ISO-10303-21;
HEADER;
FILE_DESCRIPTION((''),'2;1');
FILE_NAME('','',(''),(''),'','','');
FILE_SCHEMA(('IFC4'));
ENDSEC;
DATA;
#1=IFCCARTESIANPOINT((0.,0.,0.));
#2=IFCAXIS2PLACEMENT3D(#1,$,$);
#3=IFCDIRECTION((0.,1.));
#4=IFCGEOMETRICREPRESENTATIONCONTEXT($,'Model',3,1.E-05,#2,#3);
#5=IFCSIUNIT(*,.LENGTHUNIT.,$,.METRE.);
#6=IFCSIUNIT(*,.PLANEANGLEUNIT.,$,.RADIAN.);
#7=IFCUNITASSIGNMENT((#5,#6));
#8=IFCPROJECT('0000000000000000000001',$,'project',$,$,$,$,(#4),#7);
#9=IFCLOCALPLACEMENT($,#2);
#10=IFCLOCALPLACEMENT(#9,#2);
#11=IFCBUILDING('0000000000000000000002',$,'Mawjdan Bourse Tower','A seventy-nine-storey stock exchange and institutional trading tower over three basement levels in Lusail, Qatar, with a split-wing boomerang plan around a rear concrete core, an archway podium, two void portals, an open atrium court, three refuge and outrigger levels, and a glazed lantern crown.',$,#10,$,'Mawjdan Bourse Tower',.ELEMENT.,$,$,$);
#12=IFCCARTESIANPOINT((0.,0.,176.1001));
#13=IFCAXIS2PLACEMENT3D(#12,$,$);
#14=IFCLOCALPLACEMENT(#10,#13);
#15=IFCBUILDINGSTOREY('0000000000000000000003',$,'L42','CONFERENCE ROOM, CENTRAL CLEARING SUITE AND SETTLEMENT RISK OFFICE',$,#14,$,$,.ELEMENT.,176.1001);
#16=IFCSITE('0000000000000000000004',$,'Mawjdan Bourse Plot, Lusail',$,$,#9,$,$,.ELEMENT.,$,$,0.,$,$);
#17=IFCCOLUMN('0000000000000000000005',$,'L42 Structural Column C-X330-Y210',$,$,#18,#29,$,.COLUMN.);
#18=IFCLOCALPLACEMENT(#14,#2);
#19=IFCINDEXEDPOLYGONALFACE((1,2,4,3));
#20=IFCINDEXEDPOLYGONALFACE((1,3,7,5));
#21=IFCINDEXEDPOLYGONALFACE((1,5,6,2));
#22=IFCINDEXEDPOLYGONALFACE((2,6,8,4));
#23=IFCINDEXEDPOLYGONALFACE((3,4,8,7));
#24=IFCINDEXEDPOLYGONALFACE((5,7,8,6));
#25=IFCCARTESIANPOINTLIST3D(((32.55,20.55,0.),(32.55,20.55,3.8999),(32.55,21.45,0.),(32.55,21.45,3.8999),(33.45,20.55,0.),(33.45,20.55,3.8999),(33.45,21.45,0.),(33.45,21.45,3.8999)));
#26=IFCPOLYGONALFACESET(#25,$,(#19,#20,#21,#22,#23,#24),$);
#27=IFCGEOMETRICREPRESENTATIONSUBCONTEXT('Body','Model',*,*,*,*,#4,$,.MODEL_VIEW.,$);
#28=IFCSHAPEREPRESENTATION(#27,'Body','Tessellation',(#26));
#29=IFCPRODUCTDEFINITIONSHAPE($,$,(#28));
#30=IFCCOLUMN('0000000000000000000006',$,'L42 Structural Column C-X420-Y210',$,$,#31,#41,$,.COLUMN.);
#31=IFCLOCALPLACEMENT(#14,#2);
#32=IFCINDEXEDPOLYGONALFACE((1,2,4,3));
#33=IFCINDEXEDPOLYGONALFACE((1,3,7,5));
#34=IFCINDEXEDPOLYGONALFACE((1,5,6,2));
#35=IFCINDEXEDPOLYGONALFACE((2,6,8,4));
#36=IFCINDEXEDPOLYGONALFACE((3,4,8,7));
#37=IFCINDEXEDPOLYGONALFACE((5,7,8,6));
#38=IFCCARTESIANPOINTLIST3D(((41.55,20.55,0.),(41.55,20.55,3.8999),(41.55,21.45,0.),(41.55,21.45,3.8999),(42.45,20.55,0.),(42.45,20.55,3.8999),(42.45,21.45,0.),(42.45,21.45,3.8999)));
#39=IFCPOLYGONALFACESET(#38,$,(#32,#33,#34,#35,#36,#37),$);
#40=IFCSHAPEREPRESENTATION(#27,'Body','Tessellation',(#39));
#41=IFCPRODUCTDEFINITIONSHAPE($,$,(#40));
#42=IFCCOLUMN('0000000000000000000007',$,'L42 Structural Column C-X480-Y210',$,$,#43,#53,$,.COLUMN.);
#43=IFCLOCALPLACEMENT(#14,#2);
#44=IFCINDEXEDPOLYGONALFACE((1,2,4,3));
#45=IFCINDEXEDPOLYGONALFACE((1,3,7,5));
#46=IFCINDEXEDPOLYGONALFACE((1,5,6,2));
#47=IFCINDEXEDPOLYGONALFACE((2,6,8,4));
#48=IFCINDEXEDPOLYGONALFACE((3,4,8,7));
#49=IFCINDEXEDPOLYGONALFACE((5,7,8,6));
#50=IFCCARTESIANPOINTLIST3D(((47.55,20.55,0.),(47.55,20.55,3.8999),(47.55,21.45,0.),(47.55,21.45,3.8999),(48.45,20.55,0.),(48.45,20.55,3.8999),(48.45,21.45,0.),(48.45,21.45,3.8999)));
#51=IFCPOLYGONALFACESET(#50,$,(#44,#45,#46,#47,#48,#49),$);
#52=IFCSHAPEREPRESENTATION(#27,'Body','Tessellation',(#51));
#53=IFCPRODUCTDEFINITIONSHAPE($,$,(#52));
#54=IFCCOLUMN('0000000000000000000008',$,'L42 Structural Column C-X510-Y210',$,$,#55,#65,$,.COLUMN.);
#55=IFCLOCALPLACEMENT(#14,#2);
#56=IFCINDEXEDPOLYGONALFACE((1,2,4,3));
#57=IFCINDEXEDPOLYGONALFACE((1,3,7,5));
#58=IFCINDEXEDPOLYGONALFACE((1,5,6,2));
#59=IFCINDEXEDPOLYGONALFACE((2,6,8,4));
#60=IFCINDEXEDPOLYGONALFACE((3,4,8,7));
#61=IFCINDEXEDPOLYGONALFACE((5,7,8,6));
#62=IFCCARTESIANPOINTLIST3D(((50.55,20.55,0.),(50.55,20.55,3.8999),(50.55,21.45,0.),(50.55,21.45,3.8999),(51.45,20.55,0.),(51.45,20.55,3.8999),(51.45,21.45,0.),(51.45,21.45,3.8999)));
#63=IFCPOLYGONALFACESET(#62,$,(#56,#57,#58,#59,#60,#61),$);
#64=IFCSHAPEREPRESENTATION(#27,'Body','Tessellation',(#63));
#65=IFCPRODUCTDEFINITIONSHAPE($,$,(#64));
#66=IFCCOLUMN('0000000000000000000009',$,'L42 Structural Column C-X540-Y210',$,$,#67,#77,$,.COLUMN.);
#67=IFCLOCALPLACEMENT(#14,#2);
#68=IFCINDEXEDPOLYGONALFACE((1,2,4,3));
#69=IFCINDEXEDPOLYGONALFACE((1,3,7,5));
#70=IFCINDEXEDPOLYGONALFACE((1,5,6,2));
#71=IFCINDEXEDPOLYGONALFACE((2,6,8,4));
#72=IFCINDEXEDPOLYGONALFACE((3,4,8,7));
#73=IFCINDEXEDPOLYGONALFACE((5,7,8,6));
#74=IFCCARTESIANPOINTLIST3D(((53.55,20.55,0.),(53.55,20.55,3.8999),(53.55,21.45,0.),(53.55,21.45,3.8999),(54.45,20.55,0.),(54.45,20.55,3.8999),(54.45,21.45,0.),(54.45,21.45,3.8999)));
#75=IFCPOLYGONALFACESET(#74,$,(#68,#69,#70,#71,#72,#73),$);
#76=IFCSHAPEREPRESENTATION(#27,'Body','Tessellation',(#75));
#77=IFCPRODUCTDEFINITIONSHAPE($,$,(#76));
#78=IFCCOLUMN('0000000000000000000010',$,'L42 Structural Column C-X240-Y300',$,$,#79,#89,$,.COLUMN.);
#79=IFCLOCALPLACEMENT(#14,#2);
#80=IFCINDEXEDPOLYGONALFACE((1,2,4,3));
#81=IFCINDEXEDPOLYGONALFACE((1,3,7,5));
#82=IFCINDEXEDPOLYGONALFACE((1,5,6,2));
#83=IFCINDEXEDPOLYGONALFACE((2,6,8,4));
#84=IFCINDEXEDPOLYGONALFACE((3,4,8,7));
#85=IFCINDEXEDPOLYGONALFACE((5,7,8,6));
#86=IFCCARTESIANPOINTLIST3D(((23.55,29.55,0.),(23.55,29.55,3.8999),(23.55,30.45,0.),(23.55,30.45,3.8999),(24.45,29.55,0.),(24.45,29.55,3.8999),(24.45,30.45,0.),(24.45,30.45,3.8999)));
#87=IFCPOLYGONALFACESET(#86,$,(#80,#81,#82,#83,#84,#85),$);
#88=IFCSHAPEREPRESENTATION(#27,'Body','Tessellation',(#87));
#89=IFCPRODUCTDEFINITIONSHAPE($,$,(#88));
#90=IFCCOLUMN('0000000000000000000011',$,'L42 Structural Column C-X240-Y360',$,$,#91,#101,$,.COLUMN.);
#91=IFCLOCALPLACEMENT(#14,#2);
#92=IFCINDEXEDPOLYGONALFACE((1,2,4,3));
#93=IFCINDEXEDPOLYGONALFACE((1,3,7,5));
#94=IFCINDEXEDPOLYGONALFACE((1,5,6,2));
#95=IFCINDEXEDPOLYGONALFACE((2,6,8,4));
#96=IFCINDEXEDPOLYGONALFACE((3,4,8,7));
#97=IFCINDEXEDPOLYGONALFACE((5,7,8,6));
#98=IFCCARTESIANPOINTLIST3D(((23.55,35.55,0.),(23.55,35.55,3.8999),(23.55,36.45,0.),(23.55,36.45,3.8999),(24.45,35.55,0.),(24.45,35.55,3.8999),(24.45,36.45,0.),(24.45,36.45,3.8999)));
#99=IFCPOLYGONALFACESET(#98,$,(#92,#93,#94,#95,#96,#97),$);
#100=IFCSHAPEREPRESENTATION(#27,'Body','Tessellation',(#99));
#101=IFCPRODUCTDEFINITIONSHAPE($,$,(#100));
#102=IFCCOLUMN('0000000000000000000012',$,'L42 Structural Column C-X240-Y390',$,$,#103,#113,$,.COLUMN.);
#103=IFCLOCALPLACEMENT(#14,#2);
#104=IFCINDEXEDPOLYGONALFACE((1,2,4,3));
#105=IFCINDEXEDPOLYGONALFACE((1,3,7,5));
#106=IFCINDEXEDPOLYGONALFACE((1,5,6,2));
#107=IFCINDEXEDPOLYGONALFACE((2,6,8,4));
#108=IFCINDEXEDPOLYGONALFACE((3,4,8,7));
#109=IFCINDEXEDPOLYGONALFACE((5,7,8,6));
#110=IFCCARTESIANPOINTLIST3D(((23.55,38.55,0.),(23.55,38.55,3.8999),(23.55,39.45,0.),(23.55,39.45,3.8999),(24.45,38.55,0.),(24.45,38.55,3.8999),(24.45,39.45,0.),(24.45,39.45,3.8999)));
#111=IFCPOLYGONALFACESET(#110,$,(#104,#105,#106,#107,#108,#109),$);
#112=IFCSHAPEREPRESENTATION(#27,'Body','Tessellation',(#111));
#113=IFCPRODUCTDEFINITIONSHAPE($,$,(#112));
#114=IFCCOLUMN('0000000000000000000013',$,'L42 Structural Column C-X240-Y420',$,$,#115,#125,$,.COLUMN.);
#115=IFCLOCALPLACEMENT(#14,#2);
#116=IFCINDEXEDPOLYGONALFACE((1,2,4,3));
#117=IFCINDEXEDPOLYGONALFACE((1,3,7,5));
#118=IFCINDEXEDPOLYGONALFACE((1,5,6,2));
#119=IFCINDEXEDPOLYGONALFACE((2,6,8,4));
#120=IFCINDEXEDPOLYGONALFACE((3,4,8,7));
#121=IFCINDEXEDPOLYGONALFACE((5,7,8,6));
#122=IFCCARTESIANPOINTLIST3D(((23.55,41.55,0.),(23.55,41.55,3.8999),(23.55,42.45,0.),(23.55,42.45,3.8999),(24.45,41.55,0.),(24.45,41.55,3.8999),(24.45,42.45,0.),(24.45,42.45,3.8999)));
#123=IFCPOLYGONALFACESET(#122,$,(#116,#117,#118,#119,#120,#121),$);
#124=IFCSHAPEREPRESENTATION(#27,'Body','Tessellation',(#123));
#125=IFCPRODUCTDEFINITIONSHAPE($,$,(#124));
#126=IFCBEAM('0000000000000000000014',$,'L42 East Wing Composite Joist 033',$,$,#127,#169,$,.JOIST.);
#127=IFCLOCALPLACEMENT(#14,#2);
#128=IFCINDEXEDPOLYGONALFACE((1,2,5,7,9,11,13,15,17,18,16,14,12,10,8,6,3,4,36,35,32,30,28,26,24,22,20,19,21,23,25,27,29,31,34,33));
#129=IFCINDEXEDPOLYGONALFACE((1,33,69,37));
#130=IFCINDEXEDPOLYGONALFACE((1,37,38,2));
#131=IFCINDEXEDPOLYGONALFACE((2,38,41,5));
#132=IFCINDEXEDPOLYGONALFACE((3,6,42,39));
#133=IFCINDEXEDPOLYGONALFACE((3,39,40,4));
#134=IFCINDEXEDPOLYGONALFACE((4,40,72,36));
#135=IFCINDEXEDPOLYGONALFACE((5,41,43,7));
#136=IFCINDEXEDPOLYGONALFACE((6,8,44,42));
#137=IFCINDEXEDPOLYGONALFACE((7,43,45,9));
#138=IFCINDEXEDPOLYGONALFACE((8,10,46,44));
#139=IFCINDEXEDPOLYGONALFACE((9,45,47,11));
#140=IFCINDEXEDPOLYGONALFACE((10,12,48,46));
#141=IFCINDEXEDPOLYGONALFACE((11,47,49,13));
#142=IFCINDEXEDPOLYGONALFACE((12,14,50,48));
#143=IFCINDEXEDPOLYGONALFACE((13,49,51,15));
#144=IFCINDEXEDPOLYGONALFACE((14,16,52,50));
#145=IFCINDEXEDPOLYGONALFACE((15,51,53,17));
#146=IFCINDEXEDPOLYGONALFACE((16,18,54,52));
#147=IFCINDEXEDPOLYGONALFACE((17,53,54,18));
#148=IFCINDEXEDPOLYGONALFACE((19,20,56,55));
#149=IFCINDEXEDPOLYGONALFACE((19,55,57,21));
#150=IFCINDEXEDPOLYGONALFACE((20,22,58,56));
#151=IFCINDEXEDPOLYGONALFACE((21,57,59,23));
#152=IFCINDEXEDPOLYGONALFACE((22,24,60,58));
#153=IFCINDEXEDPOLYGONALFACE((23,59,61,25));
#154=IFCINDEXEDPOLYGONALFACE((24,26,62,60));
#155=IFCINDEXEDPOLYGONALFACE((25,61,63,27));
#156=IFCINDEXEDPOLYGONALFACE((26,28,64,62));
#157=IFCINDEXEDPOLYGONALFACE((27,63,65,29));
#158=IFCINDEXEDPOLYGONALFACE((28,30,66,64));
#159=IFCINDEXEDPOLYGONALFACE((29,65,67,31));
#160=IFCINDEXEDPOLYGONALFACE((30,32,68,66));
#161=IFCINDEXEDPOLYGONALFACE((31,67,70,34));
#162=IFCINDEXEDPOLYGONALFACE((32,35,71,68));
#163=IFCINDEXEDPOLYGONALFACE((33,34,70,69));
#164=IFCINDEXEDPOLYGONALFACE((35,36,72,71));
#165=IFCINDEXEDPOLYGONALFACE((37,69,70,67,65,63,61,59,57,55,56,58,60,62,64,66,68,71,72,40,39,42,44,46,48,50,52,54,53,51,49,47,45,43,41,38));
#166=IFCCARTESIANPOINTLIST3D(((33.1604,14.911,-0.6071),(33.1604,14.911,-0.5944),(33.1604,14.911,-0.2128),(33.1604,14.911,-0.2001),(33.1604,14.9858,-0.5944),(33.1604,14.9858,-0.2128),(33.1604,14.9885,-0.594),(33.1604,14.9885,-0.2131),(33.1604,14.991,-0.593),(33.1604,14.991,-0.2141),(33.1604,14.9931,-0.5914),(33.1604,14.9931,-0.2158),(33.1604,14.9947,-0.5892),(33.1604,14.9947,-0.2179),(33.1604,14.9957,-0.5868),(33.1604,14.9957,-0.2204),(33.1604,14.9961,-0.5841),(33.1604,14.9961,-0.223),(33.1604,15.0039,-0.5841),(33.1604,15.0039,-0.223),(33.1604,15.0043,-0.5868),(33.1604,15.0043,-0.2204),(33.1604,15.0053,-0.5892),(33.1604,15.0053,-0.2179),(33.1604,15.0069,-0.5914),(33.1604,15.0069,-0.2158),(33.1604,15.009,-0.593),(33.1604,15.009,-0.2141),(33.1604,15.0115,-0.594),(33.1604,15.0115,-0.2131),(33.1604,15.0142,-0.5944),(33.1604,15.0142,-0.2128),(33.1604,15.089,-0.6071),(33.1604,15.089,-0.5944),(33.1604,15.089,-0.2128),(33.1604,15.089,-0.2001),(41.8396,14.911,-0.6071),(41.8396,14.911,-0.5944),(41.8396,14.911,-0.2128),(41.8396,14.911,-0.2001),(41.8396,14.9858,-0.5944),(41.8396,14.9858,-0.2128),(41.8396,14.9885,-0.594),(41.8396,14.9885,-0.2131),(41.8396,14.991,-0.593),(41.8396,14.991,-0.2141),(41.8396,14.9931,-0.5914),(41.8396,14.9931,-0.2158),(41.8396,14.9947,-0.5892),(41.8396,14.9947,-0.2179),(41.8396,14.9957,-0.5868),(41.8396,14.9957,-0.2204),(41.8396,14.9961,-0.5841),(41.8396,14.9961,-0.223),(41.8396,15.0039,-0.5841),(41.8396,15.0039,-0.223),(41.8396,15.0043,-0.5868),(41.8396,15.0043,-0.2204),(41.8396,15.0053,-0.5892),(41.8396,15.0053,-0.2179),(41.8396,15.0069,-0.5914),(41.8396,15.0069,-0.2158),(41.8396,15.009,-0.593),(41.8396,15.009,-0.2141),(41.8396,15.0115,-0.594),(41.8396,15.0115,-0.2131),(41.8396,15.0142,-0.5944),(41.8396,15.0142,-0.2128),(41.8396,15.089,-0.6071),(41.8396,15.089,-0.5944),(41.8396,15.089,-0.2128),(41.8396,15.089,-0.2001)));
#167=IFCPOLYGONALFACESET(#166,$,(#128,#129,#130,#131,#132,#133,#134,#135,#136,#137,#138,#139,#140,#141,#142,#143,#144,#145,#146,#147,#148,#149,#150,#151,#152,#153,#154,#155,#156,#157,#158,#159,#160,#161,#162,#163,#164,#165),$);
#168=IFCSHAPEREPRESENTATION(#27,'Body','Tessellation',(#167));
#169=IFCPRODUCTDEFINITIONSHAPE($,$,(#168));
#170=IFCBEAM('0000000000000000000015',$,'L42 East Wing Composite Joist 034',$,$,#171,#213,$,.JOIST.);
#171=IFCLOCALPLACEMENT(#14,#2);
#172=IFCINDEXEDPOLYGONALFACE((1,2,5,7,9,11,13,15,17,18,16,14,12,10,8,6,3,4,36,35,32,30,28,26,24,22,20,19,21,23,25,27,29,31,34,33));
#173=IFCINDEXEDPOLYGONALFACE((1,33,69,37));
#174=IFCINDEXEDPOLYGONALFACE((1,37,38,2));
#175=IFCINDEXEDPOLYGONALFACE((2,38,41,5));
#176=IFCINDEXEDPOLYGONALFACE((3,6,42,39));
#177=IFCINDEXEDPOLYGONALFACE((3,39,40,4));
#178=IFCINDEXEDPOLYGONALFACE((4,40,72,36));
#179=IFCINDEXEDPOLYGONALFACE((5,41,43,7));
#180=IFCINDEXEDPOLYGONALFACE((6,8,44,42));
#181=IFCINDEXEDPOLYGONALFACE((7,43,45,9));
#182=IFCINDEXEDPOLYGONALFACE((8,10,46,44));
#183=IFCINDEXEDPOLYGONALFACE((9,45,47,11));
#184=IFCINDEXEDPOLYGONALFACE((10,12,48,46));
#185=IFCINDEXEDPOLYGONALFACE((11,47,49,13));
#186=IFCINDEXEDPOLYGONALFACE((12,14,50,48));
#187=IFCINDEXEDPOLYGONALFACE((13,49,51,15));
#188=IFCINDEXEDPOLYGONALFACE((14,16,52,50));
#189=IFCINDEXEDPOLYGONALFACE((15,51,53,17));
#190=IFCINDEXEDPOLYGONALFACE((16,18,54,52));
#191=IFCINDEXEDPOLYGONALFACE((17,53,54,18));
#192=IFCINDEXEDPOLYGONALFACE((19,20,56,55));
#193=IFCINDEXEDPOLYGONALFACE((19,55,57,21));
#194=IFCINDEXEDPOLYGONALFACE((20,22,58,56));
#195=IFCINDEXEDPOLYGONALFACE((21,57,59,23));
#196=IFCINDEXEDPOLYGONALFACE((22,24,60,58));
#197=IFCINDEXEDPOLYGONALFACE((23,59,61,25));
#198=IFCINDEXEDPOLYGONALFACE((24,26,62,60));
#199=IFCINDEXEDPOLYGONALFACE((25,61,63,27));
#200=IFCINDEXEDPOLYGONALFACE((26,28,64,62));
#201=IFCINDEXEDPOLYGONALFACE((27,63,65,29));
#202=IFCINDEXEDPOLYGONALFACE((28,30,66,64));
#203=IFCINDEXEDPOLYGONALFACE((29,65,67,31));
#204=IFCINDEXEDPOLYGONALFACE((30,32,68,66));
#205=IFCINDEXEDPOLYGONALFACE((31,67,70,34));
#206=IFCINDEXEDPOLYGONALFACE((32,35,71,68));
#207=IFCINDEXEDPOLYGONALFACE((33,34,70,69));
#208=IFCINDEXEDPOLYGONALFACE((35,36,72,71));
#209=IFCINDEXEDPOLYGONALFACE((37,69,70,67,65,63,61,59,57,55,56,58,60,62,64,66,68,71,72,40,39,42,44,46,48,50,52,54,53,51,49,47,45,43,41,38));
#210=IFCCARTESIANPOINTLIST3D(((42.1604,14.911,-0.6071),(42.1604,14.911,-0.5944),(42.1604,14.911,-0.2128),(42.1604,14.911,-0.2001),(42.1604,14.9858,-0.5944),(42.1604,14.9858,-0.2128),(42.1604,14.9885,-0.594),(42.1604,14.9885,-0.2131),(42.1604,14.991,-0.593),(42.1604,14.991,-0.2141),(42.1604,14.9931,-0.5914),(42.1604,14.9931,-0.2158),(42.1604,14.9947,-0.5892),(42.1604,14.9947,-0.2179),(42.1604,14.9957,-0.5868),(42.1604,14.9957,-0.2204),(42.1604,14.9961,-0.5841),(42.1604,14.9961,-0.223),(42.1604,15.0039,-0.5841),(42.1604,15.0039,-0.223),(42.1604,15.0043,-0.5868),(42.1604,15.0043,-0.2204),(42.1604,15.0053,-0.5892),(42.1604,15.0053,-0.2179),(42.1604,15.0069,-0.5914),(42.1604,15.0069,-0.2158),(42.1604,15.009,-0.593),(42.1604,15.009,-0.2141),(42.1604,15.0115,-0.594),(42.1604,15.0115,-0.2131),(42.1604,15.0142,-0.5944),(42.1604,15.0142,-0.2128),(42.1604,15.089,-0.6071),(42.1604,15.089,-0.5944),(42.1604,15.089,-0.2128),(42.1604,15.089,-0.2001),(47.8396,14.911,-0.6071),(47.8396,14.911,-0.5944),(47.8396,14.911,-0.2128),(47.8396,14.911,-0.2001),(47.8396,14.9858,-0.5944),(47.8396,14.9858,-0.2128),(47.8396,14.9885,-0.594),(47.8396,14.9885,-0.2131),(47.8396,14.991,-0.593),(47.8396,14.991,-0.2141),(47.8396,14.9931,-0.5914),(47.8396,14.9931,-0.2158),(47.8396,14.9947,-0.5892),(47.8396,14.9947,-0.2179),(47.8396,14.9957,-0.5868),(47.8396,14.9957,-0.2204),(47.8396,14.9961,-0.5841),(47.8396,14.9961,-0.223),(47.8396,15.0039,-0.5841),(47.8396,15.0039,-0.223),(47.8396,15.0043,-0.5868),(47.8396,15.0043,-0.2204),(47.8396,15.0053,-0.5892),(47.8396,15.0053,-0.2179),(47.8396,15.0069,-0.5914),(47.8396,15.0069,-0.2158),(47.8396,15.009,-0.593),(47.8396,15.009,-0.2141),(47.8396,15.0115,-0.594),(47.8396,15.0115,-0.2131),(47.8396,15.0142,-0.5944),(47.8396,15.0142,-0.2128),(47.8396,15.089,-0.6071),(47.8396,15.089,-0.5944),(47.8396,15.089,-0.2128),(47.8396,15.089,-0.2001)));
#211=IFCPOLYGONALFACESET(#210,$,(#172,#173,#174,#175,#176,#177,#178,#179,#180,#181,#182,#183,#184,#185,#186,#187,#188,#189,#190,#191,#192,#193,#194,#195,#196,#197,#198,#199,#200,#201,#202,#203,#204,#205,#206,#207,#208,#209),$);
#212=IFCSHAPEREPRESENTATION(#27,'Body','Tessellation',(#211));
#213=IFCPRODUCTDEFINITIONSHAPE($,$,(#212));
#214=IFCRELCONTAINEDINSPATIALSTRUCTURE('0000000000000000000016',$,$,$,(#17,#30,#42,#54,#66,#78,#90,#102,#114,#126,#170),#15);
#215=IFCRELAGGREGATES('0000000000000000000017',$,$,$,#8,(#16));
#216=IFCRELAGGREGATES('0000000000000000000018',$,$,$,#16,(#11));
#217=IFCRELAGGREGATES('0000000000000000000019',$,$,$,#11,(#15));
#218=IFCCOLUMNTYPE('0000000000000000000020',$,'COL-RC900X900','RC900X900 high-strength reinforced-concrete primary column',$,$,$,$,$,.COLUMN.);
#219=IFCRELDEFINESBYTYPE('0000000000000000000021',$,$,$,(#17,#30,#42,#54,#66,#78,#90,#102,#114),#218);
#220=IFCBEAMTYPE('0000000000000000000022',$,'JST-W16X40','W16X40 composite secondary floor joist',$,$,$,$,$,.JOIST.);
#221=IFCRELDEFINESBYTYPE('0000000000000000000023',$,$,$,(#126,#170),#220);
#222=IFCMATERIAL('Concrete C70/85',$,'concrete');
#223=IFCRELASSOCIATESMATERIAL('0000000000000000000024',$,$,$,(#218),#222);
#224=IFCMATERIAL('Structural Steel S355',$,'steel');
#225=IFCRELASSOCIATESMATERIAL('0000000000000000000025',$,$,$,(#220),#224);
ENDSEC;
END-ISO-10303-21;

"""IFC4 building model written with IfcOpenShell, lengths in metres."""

from ifc_helpers import new_model, si_unit, direction, frame, origin, origin_2d, place, context, subcontext, project, spatial, rectangle, i_section, extrude, material, material_profile, profile_set, type_object, element, save


model = new_model("IFC4")

# Units and contexts
model_context = context("Model", 3, precision=1e-05, world=origin(), true_north=direction((0.0, 1.0)))
body_context = subcontext(model_context, "Body", "Model", "MODEL_VIEW")
ifc_project = project(units=[si_unit("LENGTHUNIT", "METRE"), si_unit("PLANEANGLEUNIT", "RADIAN")], contexts=[model_context])

# Site, building, storey
site_placement = place(None, origin())
site = spatial("IfcSite", under=ifc_project, at=site_placement, Name="Mawjdan Bourse Plot, Lusail", CompositionType="ELEMENT", RefElevation=0.0)
building_placement = place(site_placement, origin())
building = spatial("IfcBuilding", under=site, at=building_placement, Name="Mawjdan Bourse Tower", Description="A seventy-nine-storey stock exchange and institutional trading tower over three basement levels in Lusail, Qatar, with a split-wing boomerang plan around a rear concrete core, an archway podium, two void portals, an open atrium court, three refuge and outrigger levels, and a glazed lantern crown.", LongName="Mawjdan Bourse Tower", CompositionType="ELEMENT")
storey_placement = place(building_placement, frame((0.0, 0.0, 176.1001)))
storey = spatial("IfcBuildingStorey", under=building, at=storey_placement, Name="L42", Description="CONFERENCE ROOM, CENTRAL CLEARING SUITE AND SETTLEMENT RISK OFFICE", CompositionType="ELEMENT", Elevation=176.1001)

# Columns
ifc_material_1 = material(Name="Concrete C70/85", Category="concrete")
ifc_material_profile_1 = material_profile(ifc_material_1, rectangle(XDim=0.8999, YDim=0.8999, at=origin_2d()), Name="RC900X900")
ifc_profile_set_1 = profile_set([ifc_material_profile_1], Name="Concrete C70/85")
column_type = type_object("IfcColumnType", Name="COL-RC900X900", Description="RC900X900 high-strength reinforced-concrete primary column", PredefinedType="COLUMN", material=ifc_profile_set_1)
for number, where, z_axis, x_axis, name in (
    (1, (33.0, 21.0, 0.0), (0.0, 0.0, 1.0), (1.0, 0.0, 0.0), "L42 Structural Column C-X330-Y210"),
    (2, (42.0, 21.0, 0.0), (0.0, 0.0, 1.0), (1.0, 0.0, 0.0), "L42 Structural Column C-X420-Y210"),
    (3, (48.0, 21.0, 0.0), (0.0, 0.0, 1.0), (1.0, 0.0, 0.0), "L42 Structural Column C-X480-Y210"),
    (4, (51.0, 21.0, 0.0), (0.0, 0.0, 1.0), (1.0, 0.0, 0.0), "L42 Structural Column C-X510-Y210"),
    (5, (54.0, 21.0, 0.0), (0.0, 0.0, 1.0), (1.0, 0.0, 0.0), "L42 Structural Column C-X540-Y210"),
    (6, (24.0, 30.0, 0.0), (0.0, 0.0, 1.0), (1.0, 0.0, 0.0), "L42 Structural Column C-X240-Y300"),
    (7, (24.0, 36.0, 0.0), (0.0, 0.0, 1.0), (1.0, 0.0, 0.0), "L42 Structural Column C-X240-Y360"),
    (8, (24.0, 39.0, 0.0), (0.0, 0.0, 1.0), (1.0, 0.0, 0.0), "L42 Structural Column C-X240-Y390"),
    (9, (24.0, 42.0, 0.0), (0.0, 0.0, 1.0), (1.0, 0.0, 0.0), "L42 Structural Column C-X240-Y420"),
):
    element("IfcColumn", number, at=place(storey_placement, frame(where, z_axis=z_axis, x_axis=x_axis)), inside=storey, type_object=column_type, Name=name, PredefinedType="COLUMN", context=body_context, shape_type="SweptSolid", body=[
        extrude(rectangle(XDim=0.8999, YDim=0.8999, at=origin_2d()), origin(), (0.0, 0.0, 1.0), 3.8999),
    ])

# Beams
ifc_material_2 = material(Name="Structural Steel S355", Category="steel")
ifc_material_profile_2 = material_profile(ifc_material_2, i_section(OverallWidth=0.178, OverallDepth=0.407, WebThickness=0.0078, FlangeThickness=0.0127, FilletRadius=0.0103, at=origin_2d()), Name="W16X40")
ifc_profile_set_2 = profile_set([ifc_material_profile_2], Name="Structural Steel S355")
beam_type_1 = type_object("IfcBeamType", Name="JST-W16X40", Description="W16X40 composite secondary floor joist", PredefinedType="JOIST", material=ifc_profile_set_2)
beam_1_placement = place(storey_placement, frame((33.1604, 15.0, -0.4036), z_axis=(1.0, 0.0, 0.0), x_axis=(0.0, 1.0, 0.0)))
element("IfcBeam", 10, at=beam_1_placement, inside=storey, type_object=beam_type_1, Name="L42 East Wing Composite Joist 033", PredefinedType="JOIST", context=body_context, shape_type="SweptSolid", body=[
    extrude(i_section(OverallWidth=0.178, OverallDepth=0.407, WebThickness=0.0078, FlangeThickness=0.0127, FilletRadius=0.0103, at=origin_2d()), origin(), (0.0, 0.0, 1.0), 8.6792),
])
beam_2_placement = place(storey_placement, frame((42.1604, 15.0, -0.4036), z_axis=(1.0, 0.0, 0.0), x_axis=(0.0, 1.0, 0.0)))
element("IfcBeam", 11, at=beam_2_placement, inside=storey, type_object=beam_type_1, Name="L42 East Wing Composite Joist 034", PredefinedType="JOIST", context=body_context, shape_type="SweptSolid", body=[
    extrude(i_section(OverallWidth=0.178, OverallDepth=0.407, WebThickness=0.0078, FlangeThickness=0.0127, FilletRadius=0.0103, at=origin_2d()), origin(), (0.0, 0.0, 1.0), 5.6792),
])

save(model, "model.ifc")
